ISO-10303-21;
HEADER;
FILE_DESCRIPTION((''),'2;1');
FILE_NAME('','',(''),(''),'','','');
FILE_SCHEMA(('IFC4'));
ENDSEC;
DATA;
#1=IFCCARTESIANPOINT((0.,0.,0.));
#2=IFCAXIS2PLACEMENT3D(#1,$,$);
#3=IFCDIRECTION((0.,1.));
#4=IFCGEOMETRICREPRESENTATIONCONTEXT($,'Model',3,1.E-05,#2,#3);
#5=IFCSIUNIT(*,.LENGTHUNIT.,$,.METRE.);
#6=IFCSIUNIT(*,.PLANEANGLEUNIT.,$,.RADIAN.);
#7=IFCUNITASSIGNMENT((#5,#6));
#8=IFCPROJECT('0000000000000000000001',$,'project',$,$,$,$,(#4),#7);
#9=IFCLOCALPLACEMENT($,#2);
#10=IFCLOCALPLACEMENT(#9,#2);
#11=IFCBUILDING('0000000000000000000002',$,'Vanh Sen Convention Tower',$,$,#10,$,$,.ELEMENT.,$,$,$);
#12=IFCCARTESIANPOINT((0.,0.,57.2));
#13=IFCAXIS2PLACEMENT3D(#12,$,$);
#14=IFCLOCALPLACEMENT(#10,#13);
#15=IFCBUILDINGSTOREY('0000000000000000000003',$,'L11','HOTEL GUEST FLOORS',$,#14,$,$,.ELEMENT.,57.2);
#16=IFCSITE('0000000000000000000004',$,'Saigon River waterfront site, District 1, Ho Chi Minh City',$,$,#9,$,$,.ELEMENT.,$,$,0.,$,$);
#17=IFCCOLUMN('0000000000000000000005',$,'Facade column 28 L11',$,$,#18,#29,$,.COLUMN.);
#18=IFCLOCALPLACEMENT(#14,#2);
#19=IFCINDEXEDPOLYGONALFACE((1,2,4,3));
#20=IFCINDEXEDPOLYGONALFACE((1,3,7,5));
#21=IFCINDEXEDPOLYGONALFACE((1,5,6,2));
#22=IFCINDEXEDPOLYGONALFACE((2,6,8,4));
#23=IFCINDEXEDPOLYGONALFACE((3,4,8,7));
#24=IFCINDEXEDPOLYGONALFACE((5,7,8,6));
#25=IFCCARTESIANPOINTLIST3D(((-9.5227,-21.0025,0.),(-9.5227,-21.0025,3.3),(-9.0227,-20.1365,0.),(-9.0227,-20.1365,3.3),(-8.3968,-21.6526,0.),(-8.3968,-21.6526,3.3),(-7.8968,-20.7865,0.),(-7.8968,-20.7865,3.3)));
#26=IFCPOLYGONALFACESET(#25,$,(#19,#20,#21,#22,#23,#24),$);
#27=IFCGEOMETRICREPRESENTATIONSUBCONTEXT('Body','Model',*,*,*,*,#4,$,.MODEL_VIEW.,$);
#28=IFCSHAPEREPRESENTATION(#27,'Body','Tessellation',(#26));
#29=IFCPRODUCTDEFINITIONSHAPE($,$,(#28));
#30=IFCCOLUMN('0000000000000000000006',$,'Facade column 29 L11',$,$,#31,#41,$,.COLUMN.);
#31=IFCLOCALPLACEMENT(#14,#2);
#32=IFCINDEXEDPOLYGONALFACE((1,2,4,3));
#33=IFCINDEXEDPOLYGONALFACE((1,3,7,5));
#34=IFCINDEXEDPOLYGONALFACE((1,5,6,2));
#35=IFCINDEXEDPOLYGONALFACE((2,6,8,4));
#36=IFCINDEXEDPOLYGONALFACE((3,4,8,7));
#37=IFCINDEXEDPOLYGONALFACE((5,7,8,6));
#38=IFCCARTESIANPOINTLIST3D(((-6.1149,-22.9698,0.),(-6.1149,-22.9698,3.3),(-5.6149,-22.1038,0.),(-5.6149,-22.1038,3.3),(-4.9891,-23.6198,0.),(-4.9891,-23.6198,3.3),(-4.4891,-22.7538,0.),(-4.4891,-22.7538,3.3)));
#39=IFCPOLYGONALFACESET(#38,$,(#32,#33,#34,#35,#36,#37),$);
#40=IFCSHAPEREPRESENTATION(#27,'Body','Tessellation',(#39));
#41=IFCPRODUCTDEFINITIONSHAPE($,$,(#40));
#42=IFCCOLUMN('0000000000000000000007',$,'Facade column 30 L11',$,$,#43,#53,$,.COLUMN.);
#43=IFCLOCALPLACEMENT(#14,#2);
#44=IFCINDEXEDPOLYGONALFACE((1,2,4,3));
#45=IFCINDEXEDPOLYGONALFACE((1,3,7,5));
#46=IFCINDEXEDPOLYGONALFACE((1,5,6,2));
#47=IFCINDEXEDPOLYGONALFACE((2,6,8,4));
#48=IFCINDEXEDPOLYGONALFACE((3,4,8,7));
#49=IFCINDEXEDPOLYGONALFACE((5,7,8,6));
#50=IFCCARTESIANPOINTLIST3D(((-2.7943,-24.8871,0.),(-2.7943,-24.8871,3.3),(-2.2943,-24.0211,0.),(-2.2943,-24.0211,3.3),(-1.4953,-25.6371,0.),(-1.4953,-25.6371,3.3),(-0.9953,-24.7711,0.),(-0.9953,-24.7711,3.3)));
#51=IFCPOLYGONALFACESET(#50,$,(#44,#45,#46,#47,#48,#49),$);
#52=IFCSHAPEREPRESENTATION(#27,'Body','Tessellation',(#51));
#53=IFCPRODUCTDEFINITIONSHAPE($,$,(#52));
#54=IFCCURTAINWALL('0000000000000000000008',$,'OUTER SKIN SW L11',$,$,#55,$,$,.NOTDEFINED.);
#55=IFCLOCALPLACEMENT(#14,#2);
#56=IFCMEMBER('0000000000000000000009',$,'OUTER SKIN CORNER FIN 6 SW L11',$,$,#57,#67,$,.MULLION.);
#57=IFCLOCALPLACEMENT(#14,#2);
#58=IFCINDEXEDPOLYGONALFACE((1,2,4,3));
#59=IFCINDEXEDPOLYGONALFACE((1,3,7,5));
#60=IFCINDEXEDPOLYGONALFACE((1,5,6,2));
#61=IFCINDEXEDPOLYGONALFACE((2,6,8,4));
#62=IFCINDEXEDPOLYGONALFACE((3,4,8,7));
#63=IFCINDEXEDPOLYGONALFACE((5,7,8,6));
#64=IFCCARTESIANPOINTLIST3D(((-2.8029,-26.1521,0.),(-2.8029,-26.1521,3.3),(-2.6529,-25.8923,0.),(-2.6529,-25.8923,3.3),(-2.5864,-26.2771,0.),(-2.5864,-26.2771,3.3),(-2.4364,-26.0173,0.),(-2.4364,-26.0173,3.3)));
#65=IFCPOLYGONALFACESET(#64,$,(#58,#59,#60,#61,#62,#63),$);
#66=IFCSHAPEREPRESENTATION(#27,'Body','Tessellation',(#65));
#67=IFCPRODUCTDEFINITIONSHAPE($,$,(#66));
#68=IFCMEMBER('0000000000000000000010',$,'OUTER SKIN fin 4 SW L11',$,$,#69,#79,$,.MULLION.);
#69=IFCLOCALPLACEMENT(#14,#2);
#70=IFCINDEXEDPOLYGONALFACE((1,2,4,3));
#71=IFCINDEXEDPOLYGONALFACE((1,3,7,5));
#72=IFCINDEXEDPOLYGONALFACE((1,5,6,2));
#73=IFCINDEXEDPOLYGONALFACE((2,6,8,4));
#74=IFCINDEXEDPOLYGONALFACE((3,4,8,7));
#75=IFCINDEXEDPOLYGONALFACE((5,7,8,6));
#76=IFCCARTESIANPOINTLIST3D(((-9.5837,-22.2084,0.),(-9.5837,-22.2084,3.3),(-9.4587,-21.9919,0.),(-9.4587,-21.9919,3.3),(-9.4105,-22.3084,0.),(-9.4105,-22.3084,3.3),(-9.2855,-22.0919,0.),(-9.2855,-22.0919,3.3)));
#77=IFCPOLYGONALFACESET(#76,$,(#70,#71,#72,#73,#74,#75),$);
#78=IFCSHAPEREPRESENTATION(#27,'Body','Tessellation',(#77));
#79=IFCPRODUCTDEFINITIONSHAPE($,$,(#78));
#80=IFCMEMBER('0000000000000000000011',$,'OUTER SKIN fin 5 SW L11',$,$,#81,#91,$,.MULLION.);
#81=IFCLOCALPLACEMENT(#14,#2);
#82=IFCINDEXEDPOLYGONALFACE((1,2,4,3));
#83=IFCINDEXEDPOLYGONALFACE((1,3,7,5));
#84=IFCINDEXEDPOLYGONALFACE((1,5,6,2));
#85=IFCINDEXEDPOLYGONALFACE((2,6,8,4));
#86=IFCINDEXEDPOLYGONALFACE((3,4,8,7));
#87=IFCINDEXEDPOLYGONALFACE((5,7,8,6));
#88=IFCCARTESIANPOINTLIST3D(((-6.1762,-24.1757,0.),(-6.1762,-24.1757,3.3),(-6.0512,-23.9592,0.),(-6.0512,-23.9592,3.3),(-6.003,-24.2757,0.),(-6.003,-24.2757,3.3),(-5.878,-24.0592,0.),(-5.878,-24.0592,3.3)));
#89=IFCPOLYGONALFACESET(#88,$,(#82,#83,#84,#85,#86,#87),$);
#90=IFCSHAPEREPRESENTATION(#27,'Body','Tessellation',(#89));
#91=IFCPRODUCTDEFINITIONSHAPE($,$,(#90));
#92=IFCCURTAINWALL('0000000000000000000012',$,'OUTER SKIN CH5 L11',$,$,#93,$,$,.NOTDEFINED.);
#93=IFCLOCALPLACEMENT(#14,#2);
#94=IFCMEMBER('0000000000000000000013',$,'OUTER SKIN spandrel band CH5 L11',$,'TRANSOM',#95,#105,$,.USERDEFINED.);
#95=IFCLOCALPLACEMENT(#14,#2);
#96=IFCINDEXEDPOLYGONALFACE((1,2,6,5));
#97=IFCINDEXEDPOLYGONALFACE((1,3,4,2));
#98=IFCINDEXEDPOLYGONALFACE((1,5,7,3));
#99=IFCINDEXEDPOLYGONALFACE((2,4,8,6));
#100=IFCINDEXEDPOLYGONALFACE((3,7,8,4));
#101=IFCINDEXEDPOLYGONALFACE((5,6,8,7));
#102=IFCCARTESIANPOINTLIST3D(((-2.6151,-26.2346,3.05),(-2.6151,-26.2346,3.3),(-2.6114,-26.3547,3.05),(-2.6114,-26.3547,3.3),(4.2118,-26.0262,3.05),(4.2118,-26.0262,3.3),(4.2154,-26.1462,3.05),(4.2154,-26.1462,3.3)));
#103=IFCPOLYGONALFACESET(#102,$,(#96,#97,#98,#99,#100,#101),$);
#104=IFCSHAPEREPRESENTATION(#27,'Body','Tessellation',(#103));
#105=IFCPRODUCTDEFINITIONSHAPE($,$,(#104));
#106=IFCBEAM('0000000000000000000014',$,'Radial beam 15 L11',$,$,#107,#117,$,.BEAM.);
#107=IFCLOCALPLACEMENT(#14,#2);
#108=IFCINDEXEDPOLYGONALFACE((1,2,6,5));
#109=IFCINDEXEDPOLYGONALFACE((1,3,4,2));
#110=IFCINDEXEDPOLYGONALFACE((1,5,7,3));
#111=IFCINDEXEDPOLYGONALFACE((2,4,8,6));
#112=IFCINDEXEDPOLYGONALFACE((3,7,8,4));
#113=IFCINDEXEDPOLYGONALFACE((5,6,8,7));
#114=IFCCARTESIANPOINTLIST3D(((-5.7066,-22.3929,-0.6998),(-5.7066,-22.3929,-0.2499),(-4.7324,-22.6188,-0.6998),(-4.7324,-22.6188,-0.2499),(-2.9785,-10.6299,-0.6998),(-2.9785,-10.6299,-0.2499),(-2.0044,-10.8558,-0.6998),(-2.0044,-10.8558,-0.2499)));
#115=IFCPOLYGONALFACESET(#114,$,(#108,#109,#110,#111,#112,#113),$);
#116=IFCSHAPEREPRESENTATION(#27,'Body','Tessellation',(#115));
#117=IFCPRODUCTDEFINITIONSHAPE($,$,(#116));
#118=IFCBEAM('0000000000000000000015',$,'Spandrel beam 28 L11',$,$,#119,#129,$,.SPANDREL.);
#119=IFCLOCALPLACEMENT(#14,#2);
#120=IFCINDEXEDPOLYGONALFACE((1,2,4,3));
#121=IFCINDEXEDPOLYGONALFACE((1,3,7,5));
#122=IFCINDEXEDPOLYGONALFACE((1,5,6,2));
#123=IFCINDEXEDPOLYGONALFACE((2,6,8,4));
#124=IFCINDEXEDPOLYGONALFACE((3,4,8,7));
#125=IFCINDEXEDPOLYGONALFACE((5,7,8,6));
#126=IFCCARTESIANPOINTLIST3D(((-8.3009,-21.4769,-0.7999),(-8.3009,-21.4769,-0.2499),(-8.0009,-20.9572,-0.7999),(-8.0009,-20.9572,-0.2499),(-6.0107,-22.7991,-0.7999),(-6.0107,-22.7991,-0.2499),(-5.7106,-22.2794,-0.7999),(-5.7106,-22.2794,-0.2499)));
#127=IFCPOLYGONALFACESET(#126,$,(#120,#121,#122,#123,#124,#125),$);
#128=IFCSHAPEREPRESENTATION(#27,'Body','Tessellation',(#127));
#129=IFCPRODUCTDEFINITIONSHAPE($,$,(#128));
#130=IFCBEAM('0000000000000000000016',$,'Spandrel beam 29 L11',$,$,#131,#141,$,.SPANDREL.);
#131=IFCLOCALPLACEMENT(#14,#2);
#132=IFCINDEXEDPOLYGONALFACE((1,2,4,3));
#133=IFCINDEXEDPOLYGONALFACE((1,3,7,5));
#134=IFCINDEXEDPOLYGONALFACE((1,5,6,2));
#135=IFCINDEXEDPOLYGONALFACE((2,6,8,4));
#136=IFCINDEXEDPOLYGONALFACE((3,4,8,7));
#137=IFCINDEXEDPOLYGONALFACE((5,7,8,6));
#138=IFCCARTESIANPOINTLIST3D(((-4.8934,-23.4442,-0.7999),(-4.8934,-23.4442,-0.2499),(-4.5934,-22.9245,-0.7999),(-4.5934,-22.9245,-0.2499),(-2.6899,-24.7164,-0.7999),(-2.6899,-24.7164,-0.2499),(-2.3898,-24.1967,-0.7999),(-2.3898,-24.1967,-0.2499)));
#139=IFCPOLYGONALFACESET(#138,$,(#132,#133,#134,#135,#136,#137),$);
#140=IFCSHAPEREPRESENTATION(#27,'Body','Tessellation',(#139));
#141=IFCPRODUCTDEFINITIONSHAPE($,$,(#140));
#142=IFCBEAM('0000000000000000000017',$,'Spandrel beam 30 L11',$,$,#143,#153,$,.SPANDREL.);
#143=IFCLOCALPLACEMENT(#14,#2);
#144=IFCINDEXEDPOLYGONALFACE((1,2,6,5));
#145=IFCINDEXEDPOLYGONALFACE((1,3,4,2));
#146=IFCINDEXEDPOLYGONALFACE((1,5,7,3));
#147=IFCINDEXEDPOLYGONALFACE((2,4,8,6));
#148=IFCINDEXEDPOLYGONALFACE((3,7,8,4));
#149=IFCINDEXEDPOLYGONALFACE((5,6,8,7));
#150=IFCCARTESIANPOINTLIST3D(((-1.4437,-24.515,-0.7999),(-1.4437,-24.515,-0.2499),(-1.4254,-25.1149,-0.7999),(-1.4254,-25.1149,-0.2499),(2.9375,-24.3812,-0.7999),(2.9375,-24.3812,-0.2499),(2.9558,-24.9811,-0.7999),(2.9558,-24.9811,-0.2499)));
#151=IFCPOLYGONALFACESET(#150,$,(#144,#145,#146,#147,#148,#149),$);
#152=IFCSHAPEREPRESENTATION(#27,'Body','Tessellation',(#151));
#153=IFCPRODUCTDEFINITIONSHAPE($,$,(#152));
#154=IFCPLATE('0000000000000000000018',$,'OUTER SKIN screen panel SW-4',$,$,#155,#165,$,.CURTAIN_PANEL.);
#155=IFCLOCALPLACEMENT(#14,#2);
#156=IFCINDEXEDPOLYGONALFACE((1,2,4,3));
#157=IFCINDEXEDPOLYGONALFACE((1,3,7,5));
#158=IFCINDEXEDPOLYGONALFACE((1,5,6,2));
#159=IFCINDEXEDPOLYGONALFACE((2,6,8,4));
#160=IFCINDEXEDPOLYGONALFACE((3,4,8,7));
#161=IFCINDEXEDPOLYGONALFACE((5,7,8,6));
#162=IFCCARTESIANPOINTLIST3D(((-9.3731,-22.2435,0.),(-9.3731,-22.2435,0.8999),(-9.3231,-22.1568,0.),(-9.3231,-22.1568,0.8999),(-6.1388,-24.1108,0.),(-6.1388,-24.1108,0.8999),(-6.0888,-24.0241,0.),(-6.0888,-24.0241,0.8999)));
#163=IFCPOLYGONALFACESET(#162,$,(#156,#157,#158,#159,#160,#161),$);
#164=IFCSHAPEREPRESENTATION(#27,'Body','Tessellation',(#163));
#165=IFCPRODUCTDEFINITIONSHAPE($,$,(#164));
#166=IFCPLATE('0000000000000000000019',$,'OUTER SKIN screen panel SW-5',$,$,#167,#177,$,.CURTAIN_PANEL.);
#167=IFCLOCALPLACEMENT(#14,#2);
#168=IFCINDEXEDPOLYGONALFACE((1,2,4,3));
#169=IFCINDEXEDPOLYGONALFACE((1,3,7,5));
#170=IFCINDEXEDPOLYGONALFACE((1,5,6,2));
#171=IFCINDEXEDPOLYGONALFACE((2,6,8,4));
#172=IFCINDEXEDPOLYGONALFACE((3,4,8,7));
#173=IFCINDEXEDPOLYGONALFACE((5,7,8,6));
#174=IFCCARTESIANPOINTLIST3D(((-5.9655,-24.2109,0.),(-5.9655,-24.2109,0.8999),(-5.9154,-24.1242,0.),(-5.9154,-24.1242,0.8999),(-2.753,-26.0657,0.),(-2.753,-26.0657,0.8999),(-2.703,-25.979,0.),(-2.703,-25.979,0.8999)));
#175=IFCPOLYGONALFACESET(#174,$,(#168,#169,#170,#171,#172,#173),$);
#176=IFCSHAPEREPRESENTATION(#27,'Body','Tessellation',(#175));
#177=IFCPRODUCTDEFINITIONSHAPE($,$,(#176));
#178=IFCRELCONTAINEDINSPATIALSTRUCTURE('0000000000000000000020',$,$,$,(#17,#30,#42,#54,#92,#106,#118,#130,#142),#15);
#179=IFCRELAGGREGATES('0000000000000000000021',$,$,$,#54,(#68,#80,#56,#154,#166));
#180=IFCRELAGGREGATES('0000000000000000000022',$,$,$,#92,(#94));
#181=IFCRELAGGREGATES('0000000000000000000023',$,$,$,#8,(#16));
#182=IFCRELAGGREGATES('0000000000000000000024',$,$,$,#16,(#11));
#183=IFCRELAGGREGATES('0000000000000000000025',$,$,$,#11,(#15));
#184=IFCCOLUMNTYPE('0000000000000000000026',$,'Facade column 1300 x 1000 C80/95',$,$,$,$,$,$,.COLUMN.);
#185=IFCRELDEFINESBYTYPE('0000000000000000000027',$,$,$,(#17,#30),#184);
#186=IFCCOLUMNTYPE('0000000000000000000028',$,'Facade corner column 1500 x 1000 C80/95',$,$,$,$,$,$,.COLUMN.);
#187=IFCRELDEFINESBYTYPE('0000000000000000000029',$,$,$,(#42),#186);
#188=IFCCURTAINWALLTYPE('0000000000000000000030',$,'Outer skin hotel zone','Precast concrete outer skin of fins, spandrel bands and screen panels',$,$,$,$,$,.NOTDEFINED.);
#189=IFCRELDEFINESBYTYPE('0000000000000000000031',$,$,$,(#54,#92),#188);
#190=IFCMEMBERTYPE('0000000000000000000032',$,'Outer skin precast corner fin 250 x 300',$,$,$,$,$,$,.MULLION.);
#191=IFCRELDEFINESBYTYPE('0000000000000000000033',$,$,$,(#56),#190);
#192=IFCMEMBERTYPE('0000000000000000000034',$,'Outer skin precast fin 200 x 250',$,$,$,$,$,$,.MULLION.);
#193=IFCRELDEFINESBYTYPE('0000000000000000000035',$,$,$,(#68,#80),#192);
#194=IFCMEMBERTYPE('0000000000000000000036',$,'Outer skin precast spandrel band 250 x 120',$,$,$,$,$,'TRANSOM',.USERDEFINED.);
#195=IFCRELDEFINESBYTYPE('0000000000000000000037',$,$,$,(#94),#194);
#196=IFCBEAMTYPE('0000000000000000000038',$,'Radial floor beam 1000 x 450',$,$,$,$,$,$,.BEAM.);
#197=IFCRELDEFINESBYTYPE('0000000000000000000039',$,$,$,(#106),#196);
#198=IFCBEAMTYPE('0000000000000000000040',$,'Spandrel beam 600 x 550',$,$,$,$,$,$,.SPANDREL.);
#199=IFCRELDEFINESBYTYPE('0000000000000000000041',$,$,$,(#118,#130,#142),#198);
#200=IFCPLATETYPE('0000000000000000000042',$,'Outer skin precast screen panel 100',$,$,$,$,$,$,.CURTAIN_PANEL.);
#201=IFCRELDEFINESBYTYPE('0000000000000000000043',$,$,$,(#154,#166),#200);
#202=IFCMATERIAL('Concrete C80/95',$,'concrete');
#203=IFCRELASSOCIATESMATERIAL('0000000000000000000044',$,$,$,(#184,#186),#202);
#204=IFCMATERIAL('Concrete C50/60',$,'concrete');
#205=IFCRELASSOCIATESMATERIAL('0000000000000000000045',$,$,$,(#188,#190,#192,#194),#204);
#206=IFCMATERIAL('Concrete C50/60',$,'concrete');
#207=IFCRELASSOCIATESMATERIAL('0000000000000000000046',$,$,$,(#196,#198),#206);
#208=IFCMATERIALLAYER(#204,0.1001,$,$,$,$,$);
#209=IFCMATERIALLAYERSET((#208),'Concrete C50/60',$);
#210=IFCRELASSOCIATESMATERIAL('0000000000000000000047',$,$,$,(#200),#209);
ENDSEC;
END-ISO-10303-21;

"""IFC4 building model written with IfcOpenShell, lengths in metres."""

from ifc_helpers import new_model, si_unit, direction, frame, origin, origin_2d, place, context, subcontext, project, spatial, rectangle, extrude, material, layer, layer_set, material_profile, profile_set, type_object, element, aggregate, save


model = new_model("IFC4")

# Units and contexts
model_context = context("Model", 3, precision=1e-05, world=origin(), true_north=direction((0.0, 1.0)))
body_context = subcontext(model_context, "Body", "Model", "MODEL_VIEW")
ifc_project = project(units=[si_unit("LENGTHUNIT", "METRE"), si_unit("PLANEANGLEUNIT", "RADIAN")], contexts=[model_context])

# Site, building, storey
site_placement = place(None, origin())
site = spatial("IfcSite", under=ifc_project, at=site_placement, Name="Saigon River waterfront site, District 1, Ho Chi Minh City", CompositionType="ELEMENT", RefElevation=0.0)
building_placement = place(site_placement, origin())
building = spatial("IfcBuilding", under=site, at=building_placement, Name="Vanh Sen Convention Tower", CompositionType="ELEMENT")
storey_placement = place(building_placement, frame((0.0, 0.0, 57.2)))
storey = spatial("IfcBuildingStorey", under=building, at=storey_placement, Name="L11", Description="HOTEL GUEST FLOORS", CompositionType="ELEMENT", Elevation=57.2)

# Columns
ifc_material_1 = material(Name="Concrete C80/95", Category="concrete")
ifc_material_profile_1 = material_profile(ifc_material_1, rectangle(XDim=1.3, YDim=1.0, at=origin_2d()), Name="RC 1300X1000")
ifc_profile_set_1 = profile_set([ifc_material_profile_1], Name="Concrete C80/95")
column_type_1 = type_object("IfcColumnType", Name="Facade column 1300 x 1000 C80/95", PredefinedType="COLUMN", material=ifc_profile_set_1)
for number, where, z_axis, x_axis, name in (
    (1, (-8.7097, -20.8945, 0.0), (0.0, 0.0, 1.0), (0.866025, -0.5, 0.0), "Facade column 28 L11"),
    (2, (-5.302, -22.8618, 0.0), (0.0, 0.0, 1.0), (0.866025, -0.5, 0.0), "Facade column 29 L11"),
):
    element("IfcColumn", number, at=place(storey_placement, frame(where, z_axis=z_axis, x_axis=x_axis)), inside=storey, type_object=column_type_1, Name=name, PredefinedType="COLUMN", context=body_context, shape_type="SweptSolid", body=[
        extrude(rectangle(XDim=1.3, YDim=1.0, at=origin_2d()), origin(), (0.0, 0.0, 1.0), 3.3),
    ])
ifc_material_profile_2 = material_profile(ifc_material_1, rectangle(XDim=1.5, YDim=1.0, at=origin_2d()), Name="RC 1500X1000")
ifc_profile_set_2 = profile_set([ifc_material_profile_2], Name="Concrete C80/95")
column_type_2 = type_object("IfcColumnType", Name="Facade corner column 1500 x 1000 C80/95", PredefinedType="COLUMN", material=ifc_profile_set_2)
column_placement = place(storey_placement, frame((-1.8948, -24.8291, 0.0), z_axis=(0.0, 0.0, 1.0), x_axis=(0.866025, -0.5, 0.0)))
element("IfcColumn", 3, at=column_placement, inside=storey, type_object=column_type_2, Name="Facade column 30 L11", PredefinedType="COLUMN", context=body_context, shape_type="SweptSolid", body=[
    extrude(rectangle(XDim=1.5, YDim=1.0, at=origin_2d()), origin(), (0.0, 0.0, 1.0), 3.3),
])

# Curtain wall, members
ifc_material_2 = material(Name="Concrete C50/60", Category="concrete")
curtain_wall_type = type_object("IfcCurtainWallType", Name="Outer skin hotel zone", Description="Precast concrete outer skin of fins, spandrel bands and screen panels", PredefinedType="NOTDEFINED", material=ifc_material_2)
curtain_wall_1_placement = place(storey_placement, origin())
curtain_wall_1 = element("IfcCurtainWall", 4, at=curtain_wall_1_placement, inside=storey, type_object=curtain_wall_type, Name="OUTER SKIN SW L11", PredefinedType="NOTDEFINED")
ifc_material_profile_3 = material_profile(ifc_material_2, rectangle(XDim=0.25, YDim=0.3, at=origin_2d()), Name="Outer skin precast corner fin 250 x 300")
ifc_profile_set_3 = profile_set([ifc_material_profile_3], Name="Concrete C50/60")
member_type_1 = type_object("IfcMemberType", Name="Outer skin precast corner fin 250 x 300", PredefinedType="MULLION", material=ifc_profile_set_3)
member_1_placement = place(storey_placement, frame((-2.6196, -26.0847, 0.0), z_axis=(0.0, 0.0, 1.0), x_axis=(0.866025, -0.5, 0.0)))
member_1 = element("IfcMember", 5, at=member_1_placement, type_object=member_type_1, Name="OUTER SKIN CORNER FIN 6 SW L11", PredefinedType="MULLION", context=body_context, shape_type="SweptSolid", body=[
    extrude(rectangle(XDim=0.25, YDim=0.3, at=origin_2d()), origin(), (0.0, 0.0, 1.0), 3.3),
])
ifc_material_profile_4 = material_profile(ifc_material_2, rectangle(XDim=0.2, YDim=0.25, at=origin_2d()), Name="Outer skin precast fin 200 x 250")
ifc_profile_set_4 = profile_set([ifc_material_profile_4], Name="Concrete C50/60")
member_type_2 = type_object("IfcMemberType", Name="Outer skin precast fin 200 x 250", PredefinedType="MULLION", material=ifc_profile_set_4)
member_2_placement = place(storey_placement, frame((-9.4346, -22.1501, 0.0), z_axis=(0.0, 0.0, 1.0), x_axis=(0.866025, -0.5, 0.0)))
member_2 = element("IfcMember", 6, at=member_2_placement, type_object=member_type_2, Name="OUTER SKIN fin 4 SW L11", PredefinedType="MULLION", context=body_context, shape_type="SweptSolid", body=[
    extrude(rectangle(XDim=0.2, YDim=0.25, at=origin_2d()), origin(), (0.0, 0.0, 1.0), 3.3),
])
member_3_placement = place(storey_placement, frame((-6.0271, -24.1174, 0.0), z_axis=(0.0, 0.0, 1.0), x_axis=(0.866025, -0.5, 0.0)))
member_3 = element("IfcMember", 7, at=member_3_placement, type_object=member_type_2, Name="OUTER SKIN fin 5 SW L11", PredefinedType="MULLION", context=body_context, shape_type="SweptSolid", body=[
    extrude(rectangle(XDim=0.2, YDim=0.25, at=origin_2d()), origin(), (0.0, 0.0, 1.0), 3.3),
])

# Curtain wall, member
curtain_wall_2_placement = place(storey_placement, origin())
curtain_wall_2 = element("IfcCurtainWall", 8, at=curtain_wall_2_placement, inside=storey, type_object=curtain_wall_type, Name="OUTER SKIN CH5 L11", PredefinedType="NOTDEFINED")
ifc_material_profile_5 = material_profile(ifc_material_2, rectangle(XDim=0.1201, YDim=0.25, at=origin_2d()), Name="Outer skin precast spandrel band 250 x 120")
ifc_profile_set_5 = profile_set([ifc_material_profile_5], Name="Concrete C50/60")
member_type_3 = type_object("IfcMemberType", Name="Outer skin precast spandrel band 250 x 120", ElementType="TRANSOM", PredefinedType="USERDEFINED", material=ifc_profile_set_5)
member_4_placement = place(storey_placement, frame((-2.6133, -26.2947, 3.175), z_axis=(0.999534, 0.030526, 0.0), x_axis=(-0.030526, 0.999534, 0.0)))
member_4 = element("IfcMember", 9, at=member_4_placement, type_object=member_type_3, Name="OUTER SKIN spandrel band CH5 L11", ObjectType="TRANSOM", PredefinedType="USERDEFINED", context=body_context, shape_type="SweptSolid", body=[
    extrude(rectangle(XDim=0.1201, YDim=0.25, at=origin_2d()), origin(), (0.0, 0.0, 1.0), 6.8301),
])

# Beams
ifc_material_3 = material(Name="Concrete C50/60", Category="concrete")
ifc_material_profile_6 = material_profile(ifc_material_3, rectangle(XDim=1.0, YDim=0.45, at=origin_2d()), Name="RC 1000X450")
ifc_profile_set_6 = profile_set([ifc_material_profile_6], Name="Concrete C50/60")
beam_type_1 = type_object("IfcBeamType", Name="Radial floor beam 1000 x 450", PredefinedType="BEAM", material=ifc_profile_set_6)
beam_1_placement = place(storey_placement, frame((-5.2195, -22.5059, -0.4749), z_axis=(0.225921, 0.974146, 0.0), x_axis=(-0.974146, 0.225921, 0.0)))
element("IfcBeam", 10, at=beam_1_placement, inside=storey, type_object=beam_type_1, Name="Radial beam 15 L11", PredefinedType="BEAM", context=body_context, shape_type="SweptSolid", body=[
    extrude(rectangle(XDim=1.0, YDim=0.45, at=origin_2d()), origin(), (0.0, 0.0, 1.0), 12.0752),
])
ifc_material_profile_7 = material_profile(ifc_material_3, rectangle(XDim=0.6001, YDim=0.55, at=origin_2d()), Name="RC 600X550")
ifc_profile_set_7 = profile_set([ifc_material_profile_7], Name="Concrete C50/60")
beam_type_2 = type_object("IfcBeamType", Name="Spandrel beam 600 x 550", PredefinedType="SPANDREL", material=ifc_profile_set_7)
beam_2_placement = place(storey_placement, frame((-8.1509, -21.217, -0.5249), z_axis=(0.86603, -0.499991, 0.0), x_axis=(0.499991, 0.86603, 0.0)))
element("IfcBeam", 11, at=beam_2_placement, inside=storey, type_object=beam_type_2, Name="Spandrel beam 28 L11", PredefinedType="SPANDREL", context=body_context, shape_type="SweptSolid", body=[
    extrude(rectangle(XDim=0.6001, YDim=0.55, at=origin_2d()), origin(), (0.0, 0.0, 1.0), 2.6445),
])
beam_3_placement = place(storey_placement, frame((-4.7434, -23.1843, -0.5249), z_axis=(0.866032, -0.499988, 0.0), x_axis=(0.499988, 0.866032, 0.0)))
element("IfcBeam", 12, at=beam_3_placement, inside=storey, type_object=beam_type_2, Name="Spandrel beam 29 L11", PredefinedType="SPANDREL", context=body_context, shape_type="SweptSolid", body=[
    extrude(rectangle(XDim=0.6001, YDim=0.55, at=origin_2d()), origin(), (0.0, 0.0, 1.0), 2.5444),
])
beam_4_placement = place(storey_placement, frame((-1.4346, -24.8149, -0.5249), z_axis=(0.999534, 0.030522, 0.0), x_axis=(-0.030522, 0.999534, 0.0)))
element("IfcBeam", 13, at=beam_4_placement, inside=storey, type_object=beam_type_2, Name="Spandrel beam 30 L11", PredefinedType="SPANDREL", context=body_context, shape_type="SweptSolid", body=[
    extrude(rectangle(XDim=0.6001, YDim=0.55, at=origin_2d()), origin(), (0.0, 0.0, 1.0), 4.3833),
])

# Plates
ifc_layer_1 = layer(ifc_material_2, 0.1001)
ifc_layer_set_1 = layer_set([ifc_layer_1], Name="Concrete C50/60")
plate_type = type_object("IfcPlateType", Name="Outer skin precast screen panel 100", PredefinedType="CURTAIN_PANEL", material=ifc_layer_set_1)
plate_1_placement = place(storey_placement, frame((-7.731, -23.1338, 0.0), z_axis=(0.0, 0.0, 1.0), x_axis=(0.866028, -0.499995, 0.0)))
plate_1 = element("IfcPlate", 14, at=plate_1_placement, type_object=plate_type, Name="OUTER SKIN screen panel SW-4", PredefinedType="CURTAIN_PANEL", context=body_context, shape_type="SweptSolid", body=[
    extrude(rectangle(XDim=3.7346, YDim=0.1001, at=origin_2d()), origin(), (0.0, 0.0, 1.0), 0.8999),
])
plate_2_placement = place(storey_placement, frame((-4.3342, -25.095, 0.0), z_axis=(0.0, 0.0, 1.0), x_axis=(0.866021, -0.500008, 0.0)))
plate_2 = element("IfcPlate", 15, at=plate_2_placement, type_object=plate_type, Name="OUTER SKIN screen panel SW-5", PredefinedType="CURTAIN_PANEL", context=body_context, shape_type="SweptSolid", body=[
    extrude(rectangle(XDim=3.7095, YDim=0.1001, at=origin_2d()), origin(), (0.0, 0.0, 1.0), 0.8999),
])
aggregate(curtain_wall_1, [member_2, member_3, member_1, plate_1, plate_2])
aggregate(curtain_wall_2, [member_4])

save(model, "model.ifc")
